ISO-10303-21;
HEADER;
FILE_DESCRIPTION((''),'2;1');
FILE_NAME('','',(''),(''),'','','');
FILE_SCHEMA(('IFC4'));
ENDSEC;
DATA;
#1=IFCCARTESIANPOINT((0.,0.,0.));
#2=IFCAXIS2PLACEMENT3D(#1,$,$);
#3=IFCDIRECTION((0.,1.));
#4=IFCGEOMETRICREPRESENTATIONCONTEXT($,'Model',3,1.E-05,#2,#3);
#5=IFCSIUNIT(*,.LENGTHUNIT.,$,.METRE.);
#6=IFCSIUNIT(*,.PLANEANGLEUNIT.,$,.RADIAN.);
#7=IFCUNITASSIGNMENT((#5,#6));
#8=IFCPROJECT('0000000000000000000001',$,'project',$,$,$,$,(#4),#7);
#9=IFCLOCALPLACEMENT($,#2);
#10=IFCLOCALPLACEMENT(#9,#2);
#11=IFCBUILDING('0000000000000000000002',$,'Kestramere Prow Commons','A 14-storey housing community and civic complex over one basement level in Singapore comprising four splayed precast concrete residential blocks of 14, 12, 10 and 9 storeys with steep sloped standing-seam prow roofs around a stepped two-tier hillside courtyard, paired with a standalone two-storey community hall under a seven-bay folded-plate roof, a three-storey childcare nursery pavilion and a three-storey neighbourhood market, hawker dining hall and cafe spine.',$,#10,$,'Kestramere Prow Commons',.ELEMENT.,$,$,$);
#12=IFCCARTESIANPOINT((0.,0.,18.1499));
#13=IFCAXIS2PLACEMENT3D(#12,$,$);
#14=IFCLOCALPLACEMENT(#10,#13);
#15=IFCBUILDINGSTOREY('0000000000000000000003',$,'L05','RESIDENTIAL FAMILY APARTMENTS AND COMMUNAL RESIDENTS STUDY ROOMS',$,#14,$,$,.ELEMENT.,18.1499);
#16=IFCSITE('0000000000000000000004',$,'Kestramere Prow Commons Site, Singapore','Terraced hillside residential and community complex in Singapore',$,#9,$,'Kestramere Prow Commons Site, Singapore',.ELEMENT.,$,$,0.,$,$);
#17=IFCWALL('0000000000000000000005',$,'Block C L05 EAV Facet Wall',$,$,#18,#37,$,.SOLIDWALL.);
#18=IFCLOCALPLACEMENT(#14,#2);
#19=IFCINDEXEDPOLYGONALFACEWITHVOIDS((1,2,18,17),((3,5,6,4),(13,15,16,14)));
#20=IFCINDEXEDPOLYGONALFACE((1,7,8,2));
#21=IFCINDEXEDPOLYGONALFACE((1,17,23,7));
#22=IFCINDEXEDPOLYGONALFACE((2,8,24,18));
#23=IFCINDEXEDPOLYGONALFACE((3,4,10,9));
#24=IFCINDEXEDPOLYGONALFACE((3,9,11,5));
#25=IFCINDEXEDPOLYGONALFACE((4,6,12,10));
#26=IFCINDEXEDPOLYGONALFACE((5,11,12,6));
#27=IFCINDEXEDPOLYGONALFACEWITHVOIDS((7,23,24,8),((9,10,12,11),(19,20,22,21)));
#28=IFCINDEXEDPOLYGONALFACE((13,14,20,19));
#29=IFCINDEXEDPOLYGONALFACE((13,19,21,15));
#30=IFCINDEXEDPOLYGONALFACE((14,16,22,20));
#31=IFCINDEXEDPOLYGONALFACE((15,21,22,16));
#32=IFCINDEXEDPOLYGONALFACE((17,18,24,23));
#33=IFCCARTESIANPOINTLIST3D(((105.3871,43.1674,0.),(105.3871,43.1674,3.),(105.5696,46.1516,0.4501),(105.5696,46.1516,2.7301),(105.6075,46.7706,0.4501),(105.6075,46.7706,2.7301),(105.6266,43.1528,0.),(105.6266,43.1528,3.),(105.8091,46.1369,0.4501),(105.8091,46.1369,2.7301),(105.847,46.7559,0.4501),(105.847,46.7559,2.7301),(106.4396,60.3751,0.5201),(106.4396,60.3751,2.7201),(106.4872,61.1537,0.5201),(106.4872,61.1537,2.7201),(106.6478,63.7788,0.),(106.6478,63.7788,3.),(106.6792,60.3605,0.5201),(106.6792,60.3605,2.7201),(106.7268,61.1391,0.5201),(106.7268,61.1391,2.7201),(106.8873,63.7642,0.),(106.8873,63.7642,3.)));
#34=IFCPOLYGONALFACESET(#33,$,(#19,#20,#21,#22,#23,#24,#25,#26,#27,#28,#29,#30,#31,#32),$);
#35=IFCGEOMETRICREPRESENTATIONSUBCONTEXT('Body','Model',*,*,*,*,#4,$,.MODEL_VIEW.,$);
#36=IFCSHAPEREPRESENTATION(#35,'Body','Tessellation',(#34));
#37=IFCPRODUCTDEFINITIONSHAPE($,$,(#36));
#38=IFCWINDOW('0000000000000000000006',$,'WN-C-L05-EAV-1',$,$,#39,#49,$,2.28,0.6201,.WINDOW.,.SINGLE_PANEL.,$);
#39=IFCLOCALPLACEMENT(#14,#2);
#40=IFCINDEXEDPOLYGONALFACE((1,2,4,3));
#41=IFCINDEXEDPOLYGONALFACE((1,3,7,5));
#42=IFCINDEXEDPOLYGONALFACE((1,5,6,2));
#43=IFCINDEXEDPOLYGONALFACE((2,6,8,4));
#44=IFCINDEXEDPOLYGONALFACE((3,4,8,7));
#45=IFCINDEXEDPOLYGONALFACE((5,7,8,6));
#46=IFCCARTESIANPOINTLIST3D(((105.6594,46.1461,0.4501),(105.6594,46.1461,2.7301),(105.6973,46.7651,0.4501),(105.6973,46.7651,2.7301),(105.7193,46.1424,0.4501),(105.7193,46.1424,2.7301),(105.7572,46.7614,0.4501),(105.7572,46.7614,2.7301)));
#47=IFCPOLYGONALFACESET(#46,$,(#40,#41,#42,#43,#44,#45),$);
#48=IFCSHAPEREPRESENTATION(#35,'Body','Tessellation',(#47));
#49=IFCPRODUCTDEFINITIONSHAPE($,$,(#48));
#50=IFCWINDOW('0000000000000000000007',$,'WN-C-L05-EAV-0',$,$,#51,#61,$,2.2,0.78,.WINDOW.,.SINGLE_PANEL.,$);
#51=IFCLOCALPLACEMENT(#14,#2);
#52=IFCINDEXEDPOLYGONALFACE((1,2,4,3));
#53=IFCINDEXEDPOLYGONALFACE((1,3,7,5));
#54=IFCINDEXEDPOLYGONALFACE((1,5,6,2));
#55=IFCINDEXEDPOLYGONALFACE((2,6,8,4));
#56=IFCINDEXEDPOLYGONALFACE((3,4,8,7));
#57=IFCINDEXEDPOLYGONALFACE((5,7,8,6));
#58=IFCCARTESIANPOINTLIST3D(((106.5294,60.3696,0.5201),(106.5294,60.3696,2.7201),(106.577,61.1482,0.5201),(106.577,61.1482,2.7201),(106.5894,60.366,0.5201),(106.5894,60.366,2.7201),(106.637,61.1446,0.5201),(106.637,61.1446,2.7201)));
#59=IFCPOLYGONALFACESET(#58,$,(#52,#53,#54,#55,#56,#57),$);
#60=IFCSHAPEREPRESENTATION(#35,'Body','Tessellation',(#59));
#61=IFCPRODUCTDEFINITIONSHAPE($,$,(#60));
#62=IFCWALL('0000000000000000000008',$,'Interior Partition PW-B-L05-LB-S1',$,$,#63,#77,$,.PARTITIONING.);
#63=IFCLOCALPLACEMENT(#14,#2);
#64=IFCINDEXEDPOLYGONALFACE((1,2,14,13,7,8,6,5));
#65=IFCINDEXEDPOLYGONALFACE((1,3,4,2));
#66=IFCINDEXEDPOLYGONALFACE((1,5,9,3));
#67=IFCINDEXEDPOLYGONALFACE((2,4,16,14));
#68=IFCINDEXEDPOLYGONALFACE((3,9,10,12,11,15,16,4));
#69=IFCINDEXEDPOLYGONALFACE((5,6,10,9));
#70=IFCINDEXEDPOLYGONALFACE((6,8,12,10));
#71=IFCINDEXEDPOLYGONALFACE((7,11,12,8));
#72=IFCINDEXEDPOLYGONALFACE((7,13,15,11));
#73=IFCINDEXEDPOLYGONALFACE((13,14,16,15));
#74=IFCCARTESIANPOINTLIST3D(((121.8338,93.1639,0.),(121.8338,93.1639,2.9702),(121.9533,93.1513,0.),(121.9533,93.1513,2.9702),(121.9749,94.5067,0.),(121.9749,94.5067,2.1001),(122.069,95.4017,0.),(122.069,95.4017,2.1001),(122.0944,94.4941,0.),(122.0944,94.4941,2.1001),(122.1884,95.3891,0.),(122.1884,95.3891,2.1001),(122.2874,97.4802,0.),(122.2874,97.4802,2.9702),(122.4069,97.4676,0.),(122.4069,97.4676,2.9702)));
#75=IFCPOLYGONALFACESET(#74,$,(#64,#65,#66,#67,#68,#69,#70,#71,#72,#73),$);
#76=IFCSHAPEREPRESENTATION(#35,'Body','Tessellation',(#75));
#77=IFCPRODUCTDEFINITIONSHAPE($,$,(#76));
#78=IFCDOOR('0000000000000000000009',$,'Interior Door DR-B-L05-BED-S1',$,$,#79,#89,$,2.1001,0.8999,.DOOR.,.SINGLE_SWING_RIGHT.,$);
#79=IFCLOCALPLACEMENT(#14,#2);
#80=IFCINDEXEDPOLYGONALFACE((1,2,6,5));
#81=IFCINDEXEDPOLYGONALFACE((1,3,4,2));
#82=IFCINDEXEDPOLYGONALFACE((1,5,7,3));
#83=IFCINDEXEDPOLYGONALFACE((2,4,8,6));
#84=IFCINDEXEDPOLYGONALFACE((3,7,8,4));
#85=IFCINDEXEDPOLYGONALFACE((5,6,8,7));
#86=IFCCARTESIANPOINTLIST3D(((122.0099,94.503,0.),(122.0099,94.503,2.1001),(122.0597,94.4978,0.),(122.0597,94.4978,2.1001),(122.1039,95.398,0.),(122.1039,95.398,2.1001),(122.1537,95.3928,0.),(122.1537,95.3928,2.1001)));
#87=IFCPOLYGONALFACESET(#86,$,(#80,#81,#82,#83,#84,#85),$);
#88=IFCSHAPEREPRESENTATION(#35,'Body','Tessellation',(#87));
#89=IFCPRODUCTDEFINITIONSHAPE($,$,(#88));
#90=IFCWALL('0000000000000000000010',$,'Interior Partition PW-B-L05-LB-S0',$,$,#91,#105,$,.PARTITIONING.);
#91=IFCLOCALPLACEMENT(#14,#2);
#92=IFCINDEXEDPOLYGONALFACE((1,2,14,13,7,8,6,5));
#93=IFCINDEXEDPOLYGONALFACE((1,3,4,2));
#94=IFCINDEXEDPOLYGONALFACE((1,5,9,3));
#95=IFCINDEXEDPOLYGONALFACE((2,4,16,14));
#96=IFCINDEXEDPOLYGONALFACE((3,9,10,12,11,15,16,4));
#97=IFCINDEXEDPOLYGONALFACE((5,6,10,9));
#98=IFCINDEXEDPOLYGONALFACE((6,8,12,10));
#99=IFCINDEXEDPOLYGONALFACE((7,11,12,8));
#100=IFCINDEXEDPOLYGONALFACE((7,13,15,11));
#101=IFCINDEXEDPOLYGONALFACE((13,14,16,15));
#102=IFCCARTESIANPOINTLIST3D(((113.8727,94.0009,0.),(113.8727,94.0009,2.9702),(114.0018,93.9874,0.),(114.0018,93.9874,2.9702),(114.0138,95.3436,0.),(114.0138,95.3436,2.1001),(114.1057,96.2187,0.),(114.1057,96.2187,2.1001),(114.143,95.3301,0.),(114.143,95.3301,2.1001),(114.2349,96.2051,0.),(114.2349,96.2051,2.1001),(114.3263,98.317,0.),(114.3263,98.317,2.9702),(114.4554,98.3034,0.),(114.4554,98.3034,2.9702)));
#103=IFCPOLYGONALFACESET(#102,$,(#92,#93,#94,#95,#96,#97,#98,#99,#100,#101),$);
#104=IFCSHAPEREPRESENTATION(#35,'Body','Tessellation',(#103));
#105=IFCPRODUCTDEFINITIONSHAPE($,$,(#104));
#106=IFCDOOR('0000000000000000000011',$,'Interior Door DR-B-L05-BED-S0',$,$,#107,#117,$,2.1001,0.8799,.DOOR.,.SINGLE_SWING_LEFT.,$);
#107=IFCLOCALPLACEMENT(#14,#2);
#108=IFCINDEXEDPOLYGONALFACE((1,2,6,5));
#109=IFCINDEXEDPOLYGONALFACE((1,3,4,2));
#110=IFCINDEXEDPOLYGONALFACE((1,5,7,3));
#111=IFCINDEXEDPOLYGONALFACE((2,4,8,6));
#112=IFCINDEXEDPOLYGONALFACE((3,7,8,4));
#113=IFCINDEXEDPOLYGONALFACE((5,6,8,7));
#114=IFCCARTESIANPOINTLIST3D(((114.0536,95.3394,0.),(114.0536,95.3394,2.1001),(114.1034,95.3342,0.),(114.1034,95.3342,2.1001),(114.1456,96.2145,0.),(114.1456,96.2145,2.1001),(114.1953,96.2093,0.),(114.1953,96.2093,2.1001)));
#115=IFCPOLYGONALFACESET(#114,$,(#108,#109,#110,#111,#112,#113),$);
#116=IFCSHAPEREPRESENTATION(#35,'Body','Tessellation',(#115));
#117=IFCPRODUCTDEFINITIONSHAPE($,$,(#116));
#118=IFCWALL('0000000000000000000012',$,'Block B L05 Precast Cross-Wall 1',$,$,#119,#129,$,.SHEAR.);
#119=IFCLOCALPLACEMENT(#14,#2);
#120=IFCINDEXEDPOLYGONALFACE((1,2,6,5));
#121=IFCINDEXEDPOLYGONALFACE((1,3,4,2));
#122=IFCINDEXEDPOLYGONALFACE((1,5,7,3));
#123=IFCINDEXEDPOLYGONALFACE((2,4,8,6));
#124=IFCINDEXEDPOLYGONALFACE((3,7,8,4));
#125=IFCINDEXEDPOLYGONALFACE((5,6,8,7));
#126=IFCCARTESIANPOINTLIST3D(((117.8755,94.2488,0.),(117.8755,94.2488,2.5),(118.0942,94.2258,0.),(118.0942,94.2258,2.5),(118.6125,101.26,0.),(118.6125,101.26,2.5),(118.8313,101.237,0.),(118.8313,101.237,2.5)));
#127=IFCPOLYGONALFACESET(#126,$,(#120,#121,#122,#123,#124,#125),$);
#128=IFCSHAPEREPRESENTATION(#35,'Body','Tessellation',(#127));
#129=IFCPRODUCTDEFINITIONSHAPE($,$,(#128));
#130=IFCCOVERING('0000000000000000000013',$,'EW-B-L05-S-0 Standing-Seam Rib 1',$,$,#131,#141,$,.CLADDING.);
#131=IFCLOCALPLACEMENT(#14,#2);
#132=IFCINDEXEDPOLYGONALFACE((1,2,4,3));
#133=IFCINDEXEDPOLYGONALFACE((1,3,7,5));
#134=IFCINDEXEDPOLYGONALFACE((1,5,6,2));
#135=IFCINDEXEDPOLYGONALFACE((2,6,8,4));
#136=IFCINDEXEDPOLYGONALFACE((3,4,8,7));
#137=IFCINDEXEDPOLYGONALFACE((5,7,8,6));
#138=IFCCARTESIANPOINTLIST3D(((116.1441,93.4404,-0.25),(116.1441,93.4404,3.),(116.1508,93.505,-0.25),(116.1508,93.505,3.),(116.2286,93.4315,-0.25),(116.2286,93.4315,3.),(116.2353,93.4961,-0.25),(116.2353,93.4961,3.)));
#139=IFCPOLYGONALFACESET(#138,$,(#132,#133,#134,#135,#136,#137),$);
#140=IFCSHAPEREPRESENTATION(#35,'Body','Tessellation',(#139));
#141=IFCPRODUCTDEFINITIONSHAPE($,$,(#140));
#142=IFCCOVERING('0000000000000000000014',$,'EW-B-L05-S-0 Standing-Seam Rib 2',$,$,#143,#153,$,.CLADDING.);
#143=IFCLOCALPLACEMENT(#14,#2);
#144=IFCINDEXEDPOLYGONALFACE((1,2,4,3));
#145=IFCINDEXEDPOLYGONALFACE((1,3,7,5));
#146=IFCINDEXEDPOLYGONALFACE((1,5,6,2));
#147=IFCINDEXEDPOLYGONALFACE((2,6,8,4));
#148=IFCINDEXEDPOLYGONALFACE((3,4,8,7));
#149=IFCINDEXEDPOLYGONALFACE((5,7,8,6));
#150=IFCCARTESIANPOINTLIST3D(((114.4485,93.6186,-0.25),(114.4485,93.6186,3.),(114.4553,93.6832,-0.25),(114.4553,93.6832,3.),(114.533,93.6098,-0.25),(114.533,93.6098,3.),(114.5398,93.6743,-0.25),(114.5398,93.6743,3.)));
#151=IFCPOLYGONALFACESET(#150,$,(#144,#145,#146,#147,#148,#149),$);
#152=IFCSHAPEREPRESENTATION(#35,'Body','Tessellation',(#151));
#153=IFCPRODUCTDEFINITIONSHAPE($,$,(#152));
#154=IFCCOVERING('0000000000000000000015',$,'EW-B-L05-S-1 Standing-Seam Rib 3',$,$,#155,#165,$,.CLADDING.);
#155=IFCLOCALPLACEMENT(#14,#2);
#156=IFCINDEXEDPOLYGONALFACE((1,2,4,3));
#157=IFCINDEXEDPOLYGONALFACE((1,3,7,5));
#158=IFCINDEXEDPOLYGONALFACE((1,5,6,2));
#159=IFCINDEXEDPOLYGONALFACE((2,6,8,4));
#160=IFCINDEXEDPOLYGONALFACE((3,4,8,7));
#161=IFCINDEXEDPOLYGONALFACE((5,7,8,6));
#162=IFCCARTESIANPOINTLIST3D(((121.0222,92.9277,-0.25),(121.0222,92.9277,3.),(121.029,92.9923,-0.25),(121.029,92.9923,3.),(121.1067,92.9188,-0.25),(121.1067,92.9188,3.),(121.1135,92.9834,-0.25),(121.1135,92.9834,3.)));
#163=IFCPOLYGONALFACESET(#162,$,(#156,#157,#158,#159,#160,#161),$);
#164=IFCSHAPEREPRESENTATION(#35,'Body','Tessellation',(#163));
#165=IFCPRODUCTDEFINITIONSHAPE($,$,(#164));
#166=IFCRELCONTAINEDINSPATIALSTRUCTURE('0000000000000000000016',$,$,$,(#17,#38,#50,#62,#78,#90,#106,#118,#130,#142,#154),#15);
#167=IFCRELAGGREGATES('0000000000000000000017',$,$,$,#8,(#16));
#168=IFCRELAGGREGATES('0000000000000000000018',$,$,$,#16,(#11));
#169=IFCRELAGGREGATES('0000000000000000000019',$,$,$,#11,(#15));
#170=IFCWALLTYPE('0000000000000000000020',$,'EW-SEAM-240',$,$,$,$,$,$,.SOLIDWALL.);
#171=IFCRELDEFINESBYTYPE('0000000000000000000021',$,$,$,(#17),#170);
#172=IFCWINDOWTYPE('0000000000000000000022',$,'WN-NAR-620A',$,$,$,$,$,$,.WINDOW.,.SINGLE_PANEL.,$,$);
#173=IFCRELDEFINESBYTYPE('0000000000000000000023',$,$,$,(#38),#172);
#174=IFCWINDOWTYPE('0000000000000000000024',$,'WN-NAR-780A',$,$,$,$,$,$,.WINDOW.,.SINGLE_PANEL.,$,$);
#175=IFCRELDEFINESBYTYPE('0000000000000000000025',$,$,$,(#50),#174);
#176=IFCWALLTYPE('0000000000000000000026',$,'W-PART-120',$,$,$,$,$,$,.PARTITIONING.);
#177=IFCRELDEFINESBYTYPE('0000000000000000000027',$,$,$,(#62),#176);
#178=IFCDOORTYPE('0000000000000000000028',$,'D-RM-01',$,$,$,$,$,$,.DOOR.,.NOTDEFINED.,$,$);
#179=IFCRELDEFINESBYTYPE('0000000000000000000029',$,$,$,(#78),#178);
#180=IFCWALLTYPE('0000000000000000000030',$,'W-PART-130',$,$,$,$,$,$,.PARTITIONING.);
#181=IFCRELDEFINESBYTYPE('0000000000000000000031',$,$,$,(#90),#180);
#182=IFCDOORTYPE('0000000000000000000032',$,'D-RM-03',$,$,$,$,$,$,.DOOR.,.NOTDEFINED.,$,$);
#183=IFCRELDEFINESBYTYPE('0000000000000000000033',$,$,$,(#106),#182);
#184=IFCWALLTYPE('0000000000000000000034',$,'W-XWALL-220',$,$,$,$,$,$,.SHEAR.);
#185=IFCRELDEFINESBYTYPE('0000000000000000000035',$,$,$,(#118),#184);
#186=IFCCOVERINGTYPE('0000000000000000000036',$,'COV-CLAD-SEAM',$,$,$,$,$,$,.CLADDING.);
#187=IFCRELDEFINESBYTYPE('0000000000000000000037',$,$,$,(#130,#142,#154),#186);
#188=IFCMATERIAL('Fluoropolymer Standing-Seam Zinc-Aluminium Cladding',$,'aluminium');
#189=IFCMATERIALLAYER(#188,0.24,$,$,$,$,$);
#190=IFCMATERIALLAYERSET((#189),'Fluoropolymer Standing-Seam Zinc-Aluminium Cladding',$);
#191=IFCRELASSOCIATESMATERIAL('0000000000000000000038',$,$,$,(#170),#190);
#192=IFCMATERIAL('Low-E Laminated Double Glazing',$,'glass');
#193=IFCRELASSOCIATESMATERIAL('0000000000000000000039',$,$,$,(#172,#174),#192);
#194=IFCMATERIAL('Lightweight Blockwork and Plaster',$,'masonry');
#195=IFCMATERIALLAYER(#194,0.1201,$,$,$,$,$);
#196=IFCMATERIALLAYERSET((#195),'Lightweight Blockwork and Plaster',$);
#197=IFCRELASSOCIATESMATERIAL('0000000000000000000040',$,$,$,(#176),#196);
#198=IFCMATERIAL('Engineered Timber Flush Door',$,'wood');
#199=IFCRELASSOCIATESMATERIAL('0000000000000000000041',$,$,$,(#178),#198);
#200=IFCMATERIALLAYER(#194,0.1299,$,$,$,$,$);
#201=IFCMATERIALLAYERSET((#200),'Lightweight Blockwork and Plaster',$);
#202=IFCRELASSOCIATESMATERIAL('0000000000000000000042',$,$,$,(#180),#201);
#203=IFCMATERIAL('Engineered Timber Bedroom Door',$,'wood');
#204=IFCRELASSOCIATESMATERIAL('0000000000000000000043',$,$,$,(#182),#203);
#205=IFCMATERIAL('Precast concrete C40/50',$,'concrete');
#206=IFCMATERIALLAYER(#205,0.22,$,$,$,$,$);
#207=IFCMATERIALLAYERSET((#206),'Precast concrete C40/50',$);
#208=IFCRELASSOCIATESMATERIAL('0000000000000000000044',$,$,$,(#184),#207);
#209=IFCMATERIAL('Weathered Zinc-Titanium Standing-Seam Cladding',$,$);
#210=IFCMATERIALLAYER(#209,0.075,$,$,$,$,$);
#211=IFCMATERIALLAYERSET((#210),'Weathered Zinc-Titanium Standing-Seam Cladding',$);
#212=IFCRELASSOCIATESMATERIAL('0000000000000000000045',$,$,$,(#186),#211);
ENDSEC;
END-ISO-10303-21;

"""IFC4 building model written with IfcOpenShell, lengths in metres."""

from ifc_helpers import new_model, si_unit, direction, frame, frame_2d, origin, origin_2d, place, context, subcontext, project, spatial, rectangle, extrude, material, layer, layer_set, type_object, element, fill, save


model = new_model("IFC4")

# Units and contexts
model_context = context("Model", 3, precision=1e-05, world=origin(), true_north=direction((0.0, 1.0)))
body_context = subcontext(model_context, "Body", "Model", "MODEL_VIEW")
ifc_project = project(units=[si_unit("LENGTHUNIT", "METRE"), si_unit("PLANEANGLEUNIT", "RADIAN")], contexts=[model_context])

# Site, building, storey
site_placement = place(None, origin())
site = spatial("IfcSite", under=ifc_project, at=site_placement, Name="Kestramere Prow Commons Site, Singapore", Description="Terraced hillside residential and community complex in Singapore", LongName="Kestramere Prow Commons Site, Singapore", CompositionType="ELEMENT", RefElevation=0.0)
building_placement = place(site_placement, origin())
building = spatial("IfcBuilding", under=site, at=building_placement, Name="Kestramere Prow Commons", Description="A 14-storey housing community and civic complex over one basement level in Singapore comprising four splayed precast concrete residential blocks of 14, 12, 10 and 9 storeys with steep sloped standing-seam prow roofs around a stepped two-tier hillside courtyard, paired with a standalone two-storey community hall under a seven-bay folded-plate roof, a three-storey childcare nursery pavilion and a three-storey neighbourhood market, hawker dining hall and cafe spine.", LongName="Kestramere Prow Commons", CompositionType="ELEMENT")
storey_placement = place(building_placement, frame((0.0, 0.0, 18.1499)))
storey = spatial("IfcBuildingStorey", under=building, at=storey_placement, Name="L05", Description="RESIDENTIAL FAMILY APARTMENTS AND COMMUNAL RESIDENTS STUDY ROOMS", CompositionType="ELEMENT", Elevation=18.1499)

# Shared definitions
ifc_material_1 = material(Name="Precast concrete C40/50", Category="concrete")

# Shared definitions
ifc_material_2 = material(Name="Fluoropolymer Standing-Seam Zinc-Aluminium Cladding", Category="aluminium")
ifc_layer_1 = layer(ifc_material_2, 0.24)
ifc_layer_set_1 = layer_set([ifc_layer_1], Name="Fluoropolymer Standing-Seam Zinc-Aluminium Cladding")
wall_type_1 = type_object("IfcWallType", Name="EW-SEAM-240", PredefinedType="SOLIDWALL", material=ifc_layer_set_1)
ifc_material_3 = material(Name="Low-E Laminated Double Glazing", Category="glass")

# Wall, openings, windows
wall_1_placement = place(storey_placement, frame((106.7676, 63.7715, 0.0), z_axis=(0.0, 0.0, 1.0), x_axis=(-0.061053, -0.998135, 0.0)))
wall_1 = element("IfcWall", 1, at=wall_1_placement, inside=storey, type_object=wall_type_1, Name="Block C L05 EAV Facet Wall", PredefinedType="SOLIDWALL", context=body_context, shape_type="SweptSolid", body=[
    extrude(rectangle(XDim=20.6499, YDim=0.24, at=frame_2d((10.325, 0.0))), origin(), (0.0, 0.0, 1.0), 3.0),
])
opening_1_placement = place(wall_1_placement, frame((2.6299, 0.0, 0.52)))
opening_1 = element("IfcOpeningElement", 2, at=opening_1_placement, cuts=wall_1, PredefinedType="OPENING", context=body_context, shape_type="SweptSolid", body=[
    extrude(rectangle(XDim=0.78, YDim=2.2, at=frame_2d((0.3901, 1.1001))), frame((0.0, 0.135, 0.0), z_axis=(0.0, -1.0, 0.0), x_axis=(1.0, 0.0, 0.0)), (0.0, 0.0, 1.0), 0.27),
])
opening_2_placement = place(wall_1_placement, frame((17.04, 0.0, 0.45)))
opening_2 = element("IfcOpeningElement", 3, at=opening_2_placement, cuts=wall_1, PredefinedType="OPENING", context=body_context, shape_type="SweptSolid", body=[
    extrude(rectangle(XDim=0.6201, YDim=2.28, at=frame_2d((0.3101, 1.1401))), frame((0.0, 0.135, 0.0), z_axis=(0.0, -1.0, 0.0), x_axis=(1.0, 0.0, 0.0)), (0.0, 0.0, 1.0), 0.27),
])
window_type_1 = type_object("IfcWindowType", Name="WN-NAR-620A", PartitioningType="SINGLE_PANEL", PredefinedType="WINDOW", material=ifc_material_3)
window_1_placement = place(opening_2_placement, origin())
window_1 = element("IfcWindow", 4, at=window_1_placement, inside=storey, type_object=window_type_1, Name="WN-C-L05-EAV-1", OverallHeight=2.28, OverallWidth=0.6201, PartitioningType="SINGLE_PANEL", PredefinedType="WINDOW", context=body_context, shape_type="SweptSolid", body=[
    extrude(rectangle(XDim=0.6201, YDim=2.28, at=frame_2d((0.3101, 1.1401))), frame((0.0, 0.03, 0.0), z_axis=(0.0, -1.0, 0.0), x_axis=(1.0, 0.0, 0.0)), (0.0, 0.0, 1.0), 0.0601),
])
fill(opening_2, window_1)
window_type_2 = type_object("IfcWindowType", Name="WN-NAR-780A", PartitioningType="SINGLE_PANEL", PredefinedType="WINDOW", material=ifc_material_3)
window_2_placement = place(opening_1_placement, origin())
window_2 = element("IfcWindow", 5, at=window_2_placement, inside=storey, type_object=window_type_2, Name="WN-C-L05-EAV-0", OverallHeight=2.2, OverallWidth=0.78, PartitioningType="SINGLE_PANEL", PredefinedType="WINDOW", context=body_context, shape_type="SweptSolid", body=[
    extrude(rectangle(XDim=0.78, YDim=2.2, at=frame_2d((0.3901, 1.1001))), frame((0.0, 0.03, 0.0), z_axis=(0.0, -1.0, 0.0), x_axis=(1.0, 0.0, 0.0)), (0.0, 0.0, 1.0), 0.0601),
])
fill(opening_1, window_2)

# Walls, openings, doors
ifc_material_4 = material(Name="Lightweight Blockwork and Plaster", Category="masonry")
ifc_layer_2 = layer(ifc_material_4, 0.1201)
ifc_layer_set_2 = layer_set([ifc_layer_2], Name="Lightweight Blockwork and Plaster")
wall_type_2 = type_object("IfcWallType", Name="W-PART-120", PredefinedType="PARTITIONING", material=ifc_layer_set_2)
wall_2_placement = place(storey_placement, frame((121.8936, 93.1577, 0.0), z_axis=(0.0, 0.0, 1.0), x_axis=(0.104515, 0.994523, 0.0)))
wall_2 = element("IfcWall", 6, at=wall_2_placement, inside=storey, type_object=wall_type_2, Name="Interior Partition PW-B-L05-LB-S1", PredefinedType="PARTITIONING", context=body_context, shape_type="SweptSolid", body=[
    extrude(rectangle(XDim=4.3401, YDim=0.1201, at=frame_2d((2.1699, 0.0))), origin(), (0.0, 0.0, 1.0), 2.9702),
])
opening_3_placement = place(wall_2_placement, frame((1.3501, 0.0, 0.0)))
opening_3 = element("IfcOpeningElement", 7, at=opening_3_placement, cuts=wall_2, PredefinedType="OPENING", context=body_context, shape_type="SweptSolid", body=[
    extrude(rectangle(XDim=0.8999, YDim=2.1001, at=frame_2d((0.45, 1.05))), frame((0.0, 0.075, 0.0), z_axis=(0.0, -1.0, 0.0), x_axis=(1.0, 0.0, 0.0)), (0.0, 0.0, 1.0), 0.1501),
])
ifc_material_5 = material(Name="Engineered Timber Flush Door", Category="wood")
door_type_1 = type_object("IfcDoorType", Name="D-RM-01", OperationType="NOTDEFINED", PredefinedType="DOOR", material=ifc_material_5)
door_1_placement = place(opening_3_placement, origin())
door_1 = element("IfcDoor", 8, at=door_1_placement, inside=storey, type_object=door_type_1, Name="Interior Door DR-B-L05-BED-S1", OperationType="SINGLE_SWING_RIGHT", OverallHeight=2.1001, OverallWidth=0.8999, PredefinedType="DOOR", context=body_context, shape_type="SweptSolid", body=[
    extrude(rectangle(XDim=0.8999, YDim=2.1001, at=frame_2d((0.45, 1.05))), frame((0.0, 0.0249, 0.0), z_axis=(0.0, -1.0, 0.0), x_axis=(1.0, 0.0, 0.0)), (0.0, 0.0, 1.0), 0.05),
])
fill(opening_3, door_1)
ifc_layer_3 = layer(ifc_material_4, 0.1299)
ifc_layer_set_3 = layer_set([ifc_layer_3], Name="Lightweight Blockwork and Plaster")
wall_type_3 = type_object("IfcWallType", Name="W-PART-130", PredefinedType="PARTITIONING", material=ifc_layer_set_3)
wall_3_placement = place(storey_placement, frame((113.9373, 93.9941, 0.0), z_axis=(0.0, 0.0, 1.0), x_axis=(0.104521, 0.994523, 0.0)))
wall_3 = element("IfcWall", 9, at=wall_3_placement, inside=storey, type_object=wall_type_3, Name="Interior Partition PW-B-L05-LB-S0", PredefinedType="PARTITIONING", context=body_context, shape_type="SweptSolid", body=[
    extrude(rectangle(XDim=4.3398, YDim=0.1299, at=frame_2d((2.1699, 0.0))), origin(), (0.0, 0.0, 1.0), 2.9702),
])
opening_4_placement = place(wall_3_placement, frame((1.3501, 0.0, 0.0)))
opening_4 = element("IfcOpeningElement", 10, at=opening_4_placement, cuts=wall_3, PredefinedType="OPENING", context=body_context, shape_type="SweptSolid", body=[
    extrude(rectangle(XDim=0.8799, YDim=2.1001, at=frame_2d((0.4399, 1.05))), frame((0.0, 0.0798, 0.0), z_axis=(0.0, -1.0, 0.0), x_axis=(1.0, 0.0, 0.0)), (0.0, 0.0, 1.0), 0.1599),
])
ifc_material_6 = material(Name="Engineered Timber Bedroom Door", Category="wood")
door_type_2 = type_object("IfcDoorType", Name="D-RM-03", OperationType="NOTDEFINED", PredefinedType="DOOR", material=ifc_material_6)
door_2_placement = place(opening_4_placement, origin())
door_2 = element("IfcDoor", 11, at=door_2_placement, inside=storey, type_object=door_type_2, Name="Interior Door DR-B-L05-BED-S0", OperationType="SINGLE_SWING_LEFT", OverallHeight=2.1001, OverallWidth=0.8799, PredefinedType="DOOR", context=body_context, shape_type="SweptSolid", body=[
    extrude(rectangle(XDim=0.8799, YDim=2.1001, at=frame_2d((0.4399, 1.05))), frame((0.0, 0.0249, 0.0), z_axis=(0.0, -1.0, 0.0), x_axis=(1.0, 0.0, 0.0)), (0.0, 0.0, 1.0), 0.05),
])
fill(opening_4, door_2)

# Wall
ifc_layer_4 = layer(ifc_material_1, 0.22)
ifc_layer_set_4 = layer_set([ifc_layer_4], Name="Precast concrete C40/50")
wall_type_4 = type_object("IfcWallType", Name="W-XWALL-220", PredefinedType="SHEAR", material=ifc_layer_set_4)
wall_4_placement = place(storey_placement, frame((117.9849, 94.2373, 0.0), z_axis=(0.0, 0.0, 1.0), x_axis=(0.10455, 0.99452, 0.0)))
element("IfcWall", 12, at=wall_4_placement, inside=storey, type_object=wall_type_4, Name="Block B L05 Precast Cross-Wall 1", PredefinedType="SHEAR", context=body_context, shape_type="SweptSolid", body=[
    extrude(rectangle(XDim=7.0498, YDim=0.22, at=frame_2d((3.5249, 0.0))), origin(), (0.0, 0.0, 1.0), 2.5),
])

# Coverings
ifc_material_7 = material(Name="Weathered Zinc-Titanium Standing-Seam Cladding")
ifc_layer_5 = layer(ifc_material_7, 0.075)
ifc_layer_set_5 = layer_set([ifc_layer_5], Name="Weathered Zinc-Titanium Standing-Seam Cladding")
covering_type = type_object("IfcCoveringType", Name="COV-CLAD-SEAM", PredefinedType="CLADDING", material=ifc_layer_set_5)
for number, where, z_axis, x_axis, name in (
    (13, (116.1897, 93.4683, -0.25), (0.0, 0.0, 1.0), (-0.994522, 0.104528, 0.0), "EW-B-L05-S-0 Standing-Seam Rib 1"),
    (14, (114.4941, 93.6465, -0.25), (0.0, 0.0, 1.0), (-0.994522, 0.104528, 0.0), "EW-B-L05-S-0 Standing-Seam Rib 2"),
    (15, (121.0679, 92.9556, -0.25), (0.0, 0.0, 1.0), (-0.994522, 0.104528, 0.0), "EW-B-L05-S-1 Standing-Seam Rib 3"),
):
    element("IfcCovering", number, at=place(storey_placement, frame(where, z_axis=z_axis, x_axis=x_axis)), inside=storey, type_object=covering_type, Name=name, PredefinedType="CLADDING", context=body_context, shape_type="SweptSolid", body=[
        extrude(rectangle(XDim=0.085, YDim=0.0649, at=origin_2d()), origin(), (0.0, 0.0, 1.0), 3.25),
    ])

save(model, "model.ifc")
